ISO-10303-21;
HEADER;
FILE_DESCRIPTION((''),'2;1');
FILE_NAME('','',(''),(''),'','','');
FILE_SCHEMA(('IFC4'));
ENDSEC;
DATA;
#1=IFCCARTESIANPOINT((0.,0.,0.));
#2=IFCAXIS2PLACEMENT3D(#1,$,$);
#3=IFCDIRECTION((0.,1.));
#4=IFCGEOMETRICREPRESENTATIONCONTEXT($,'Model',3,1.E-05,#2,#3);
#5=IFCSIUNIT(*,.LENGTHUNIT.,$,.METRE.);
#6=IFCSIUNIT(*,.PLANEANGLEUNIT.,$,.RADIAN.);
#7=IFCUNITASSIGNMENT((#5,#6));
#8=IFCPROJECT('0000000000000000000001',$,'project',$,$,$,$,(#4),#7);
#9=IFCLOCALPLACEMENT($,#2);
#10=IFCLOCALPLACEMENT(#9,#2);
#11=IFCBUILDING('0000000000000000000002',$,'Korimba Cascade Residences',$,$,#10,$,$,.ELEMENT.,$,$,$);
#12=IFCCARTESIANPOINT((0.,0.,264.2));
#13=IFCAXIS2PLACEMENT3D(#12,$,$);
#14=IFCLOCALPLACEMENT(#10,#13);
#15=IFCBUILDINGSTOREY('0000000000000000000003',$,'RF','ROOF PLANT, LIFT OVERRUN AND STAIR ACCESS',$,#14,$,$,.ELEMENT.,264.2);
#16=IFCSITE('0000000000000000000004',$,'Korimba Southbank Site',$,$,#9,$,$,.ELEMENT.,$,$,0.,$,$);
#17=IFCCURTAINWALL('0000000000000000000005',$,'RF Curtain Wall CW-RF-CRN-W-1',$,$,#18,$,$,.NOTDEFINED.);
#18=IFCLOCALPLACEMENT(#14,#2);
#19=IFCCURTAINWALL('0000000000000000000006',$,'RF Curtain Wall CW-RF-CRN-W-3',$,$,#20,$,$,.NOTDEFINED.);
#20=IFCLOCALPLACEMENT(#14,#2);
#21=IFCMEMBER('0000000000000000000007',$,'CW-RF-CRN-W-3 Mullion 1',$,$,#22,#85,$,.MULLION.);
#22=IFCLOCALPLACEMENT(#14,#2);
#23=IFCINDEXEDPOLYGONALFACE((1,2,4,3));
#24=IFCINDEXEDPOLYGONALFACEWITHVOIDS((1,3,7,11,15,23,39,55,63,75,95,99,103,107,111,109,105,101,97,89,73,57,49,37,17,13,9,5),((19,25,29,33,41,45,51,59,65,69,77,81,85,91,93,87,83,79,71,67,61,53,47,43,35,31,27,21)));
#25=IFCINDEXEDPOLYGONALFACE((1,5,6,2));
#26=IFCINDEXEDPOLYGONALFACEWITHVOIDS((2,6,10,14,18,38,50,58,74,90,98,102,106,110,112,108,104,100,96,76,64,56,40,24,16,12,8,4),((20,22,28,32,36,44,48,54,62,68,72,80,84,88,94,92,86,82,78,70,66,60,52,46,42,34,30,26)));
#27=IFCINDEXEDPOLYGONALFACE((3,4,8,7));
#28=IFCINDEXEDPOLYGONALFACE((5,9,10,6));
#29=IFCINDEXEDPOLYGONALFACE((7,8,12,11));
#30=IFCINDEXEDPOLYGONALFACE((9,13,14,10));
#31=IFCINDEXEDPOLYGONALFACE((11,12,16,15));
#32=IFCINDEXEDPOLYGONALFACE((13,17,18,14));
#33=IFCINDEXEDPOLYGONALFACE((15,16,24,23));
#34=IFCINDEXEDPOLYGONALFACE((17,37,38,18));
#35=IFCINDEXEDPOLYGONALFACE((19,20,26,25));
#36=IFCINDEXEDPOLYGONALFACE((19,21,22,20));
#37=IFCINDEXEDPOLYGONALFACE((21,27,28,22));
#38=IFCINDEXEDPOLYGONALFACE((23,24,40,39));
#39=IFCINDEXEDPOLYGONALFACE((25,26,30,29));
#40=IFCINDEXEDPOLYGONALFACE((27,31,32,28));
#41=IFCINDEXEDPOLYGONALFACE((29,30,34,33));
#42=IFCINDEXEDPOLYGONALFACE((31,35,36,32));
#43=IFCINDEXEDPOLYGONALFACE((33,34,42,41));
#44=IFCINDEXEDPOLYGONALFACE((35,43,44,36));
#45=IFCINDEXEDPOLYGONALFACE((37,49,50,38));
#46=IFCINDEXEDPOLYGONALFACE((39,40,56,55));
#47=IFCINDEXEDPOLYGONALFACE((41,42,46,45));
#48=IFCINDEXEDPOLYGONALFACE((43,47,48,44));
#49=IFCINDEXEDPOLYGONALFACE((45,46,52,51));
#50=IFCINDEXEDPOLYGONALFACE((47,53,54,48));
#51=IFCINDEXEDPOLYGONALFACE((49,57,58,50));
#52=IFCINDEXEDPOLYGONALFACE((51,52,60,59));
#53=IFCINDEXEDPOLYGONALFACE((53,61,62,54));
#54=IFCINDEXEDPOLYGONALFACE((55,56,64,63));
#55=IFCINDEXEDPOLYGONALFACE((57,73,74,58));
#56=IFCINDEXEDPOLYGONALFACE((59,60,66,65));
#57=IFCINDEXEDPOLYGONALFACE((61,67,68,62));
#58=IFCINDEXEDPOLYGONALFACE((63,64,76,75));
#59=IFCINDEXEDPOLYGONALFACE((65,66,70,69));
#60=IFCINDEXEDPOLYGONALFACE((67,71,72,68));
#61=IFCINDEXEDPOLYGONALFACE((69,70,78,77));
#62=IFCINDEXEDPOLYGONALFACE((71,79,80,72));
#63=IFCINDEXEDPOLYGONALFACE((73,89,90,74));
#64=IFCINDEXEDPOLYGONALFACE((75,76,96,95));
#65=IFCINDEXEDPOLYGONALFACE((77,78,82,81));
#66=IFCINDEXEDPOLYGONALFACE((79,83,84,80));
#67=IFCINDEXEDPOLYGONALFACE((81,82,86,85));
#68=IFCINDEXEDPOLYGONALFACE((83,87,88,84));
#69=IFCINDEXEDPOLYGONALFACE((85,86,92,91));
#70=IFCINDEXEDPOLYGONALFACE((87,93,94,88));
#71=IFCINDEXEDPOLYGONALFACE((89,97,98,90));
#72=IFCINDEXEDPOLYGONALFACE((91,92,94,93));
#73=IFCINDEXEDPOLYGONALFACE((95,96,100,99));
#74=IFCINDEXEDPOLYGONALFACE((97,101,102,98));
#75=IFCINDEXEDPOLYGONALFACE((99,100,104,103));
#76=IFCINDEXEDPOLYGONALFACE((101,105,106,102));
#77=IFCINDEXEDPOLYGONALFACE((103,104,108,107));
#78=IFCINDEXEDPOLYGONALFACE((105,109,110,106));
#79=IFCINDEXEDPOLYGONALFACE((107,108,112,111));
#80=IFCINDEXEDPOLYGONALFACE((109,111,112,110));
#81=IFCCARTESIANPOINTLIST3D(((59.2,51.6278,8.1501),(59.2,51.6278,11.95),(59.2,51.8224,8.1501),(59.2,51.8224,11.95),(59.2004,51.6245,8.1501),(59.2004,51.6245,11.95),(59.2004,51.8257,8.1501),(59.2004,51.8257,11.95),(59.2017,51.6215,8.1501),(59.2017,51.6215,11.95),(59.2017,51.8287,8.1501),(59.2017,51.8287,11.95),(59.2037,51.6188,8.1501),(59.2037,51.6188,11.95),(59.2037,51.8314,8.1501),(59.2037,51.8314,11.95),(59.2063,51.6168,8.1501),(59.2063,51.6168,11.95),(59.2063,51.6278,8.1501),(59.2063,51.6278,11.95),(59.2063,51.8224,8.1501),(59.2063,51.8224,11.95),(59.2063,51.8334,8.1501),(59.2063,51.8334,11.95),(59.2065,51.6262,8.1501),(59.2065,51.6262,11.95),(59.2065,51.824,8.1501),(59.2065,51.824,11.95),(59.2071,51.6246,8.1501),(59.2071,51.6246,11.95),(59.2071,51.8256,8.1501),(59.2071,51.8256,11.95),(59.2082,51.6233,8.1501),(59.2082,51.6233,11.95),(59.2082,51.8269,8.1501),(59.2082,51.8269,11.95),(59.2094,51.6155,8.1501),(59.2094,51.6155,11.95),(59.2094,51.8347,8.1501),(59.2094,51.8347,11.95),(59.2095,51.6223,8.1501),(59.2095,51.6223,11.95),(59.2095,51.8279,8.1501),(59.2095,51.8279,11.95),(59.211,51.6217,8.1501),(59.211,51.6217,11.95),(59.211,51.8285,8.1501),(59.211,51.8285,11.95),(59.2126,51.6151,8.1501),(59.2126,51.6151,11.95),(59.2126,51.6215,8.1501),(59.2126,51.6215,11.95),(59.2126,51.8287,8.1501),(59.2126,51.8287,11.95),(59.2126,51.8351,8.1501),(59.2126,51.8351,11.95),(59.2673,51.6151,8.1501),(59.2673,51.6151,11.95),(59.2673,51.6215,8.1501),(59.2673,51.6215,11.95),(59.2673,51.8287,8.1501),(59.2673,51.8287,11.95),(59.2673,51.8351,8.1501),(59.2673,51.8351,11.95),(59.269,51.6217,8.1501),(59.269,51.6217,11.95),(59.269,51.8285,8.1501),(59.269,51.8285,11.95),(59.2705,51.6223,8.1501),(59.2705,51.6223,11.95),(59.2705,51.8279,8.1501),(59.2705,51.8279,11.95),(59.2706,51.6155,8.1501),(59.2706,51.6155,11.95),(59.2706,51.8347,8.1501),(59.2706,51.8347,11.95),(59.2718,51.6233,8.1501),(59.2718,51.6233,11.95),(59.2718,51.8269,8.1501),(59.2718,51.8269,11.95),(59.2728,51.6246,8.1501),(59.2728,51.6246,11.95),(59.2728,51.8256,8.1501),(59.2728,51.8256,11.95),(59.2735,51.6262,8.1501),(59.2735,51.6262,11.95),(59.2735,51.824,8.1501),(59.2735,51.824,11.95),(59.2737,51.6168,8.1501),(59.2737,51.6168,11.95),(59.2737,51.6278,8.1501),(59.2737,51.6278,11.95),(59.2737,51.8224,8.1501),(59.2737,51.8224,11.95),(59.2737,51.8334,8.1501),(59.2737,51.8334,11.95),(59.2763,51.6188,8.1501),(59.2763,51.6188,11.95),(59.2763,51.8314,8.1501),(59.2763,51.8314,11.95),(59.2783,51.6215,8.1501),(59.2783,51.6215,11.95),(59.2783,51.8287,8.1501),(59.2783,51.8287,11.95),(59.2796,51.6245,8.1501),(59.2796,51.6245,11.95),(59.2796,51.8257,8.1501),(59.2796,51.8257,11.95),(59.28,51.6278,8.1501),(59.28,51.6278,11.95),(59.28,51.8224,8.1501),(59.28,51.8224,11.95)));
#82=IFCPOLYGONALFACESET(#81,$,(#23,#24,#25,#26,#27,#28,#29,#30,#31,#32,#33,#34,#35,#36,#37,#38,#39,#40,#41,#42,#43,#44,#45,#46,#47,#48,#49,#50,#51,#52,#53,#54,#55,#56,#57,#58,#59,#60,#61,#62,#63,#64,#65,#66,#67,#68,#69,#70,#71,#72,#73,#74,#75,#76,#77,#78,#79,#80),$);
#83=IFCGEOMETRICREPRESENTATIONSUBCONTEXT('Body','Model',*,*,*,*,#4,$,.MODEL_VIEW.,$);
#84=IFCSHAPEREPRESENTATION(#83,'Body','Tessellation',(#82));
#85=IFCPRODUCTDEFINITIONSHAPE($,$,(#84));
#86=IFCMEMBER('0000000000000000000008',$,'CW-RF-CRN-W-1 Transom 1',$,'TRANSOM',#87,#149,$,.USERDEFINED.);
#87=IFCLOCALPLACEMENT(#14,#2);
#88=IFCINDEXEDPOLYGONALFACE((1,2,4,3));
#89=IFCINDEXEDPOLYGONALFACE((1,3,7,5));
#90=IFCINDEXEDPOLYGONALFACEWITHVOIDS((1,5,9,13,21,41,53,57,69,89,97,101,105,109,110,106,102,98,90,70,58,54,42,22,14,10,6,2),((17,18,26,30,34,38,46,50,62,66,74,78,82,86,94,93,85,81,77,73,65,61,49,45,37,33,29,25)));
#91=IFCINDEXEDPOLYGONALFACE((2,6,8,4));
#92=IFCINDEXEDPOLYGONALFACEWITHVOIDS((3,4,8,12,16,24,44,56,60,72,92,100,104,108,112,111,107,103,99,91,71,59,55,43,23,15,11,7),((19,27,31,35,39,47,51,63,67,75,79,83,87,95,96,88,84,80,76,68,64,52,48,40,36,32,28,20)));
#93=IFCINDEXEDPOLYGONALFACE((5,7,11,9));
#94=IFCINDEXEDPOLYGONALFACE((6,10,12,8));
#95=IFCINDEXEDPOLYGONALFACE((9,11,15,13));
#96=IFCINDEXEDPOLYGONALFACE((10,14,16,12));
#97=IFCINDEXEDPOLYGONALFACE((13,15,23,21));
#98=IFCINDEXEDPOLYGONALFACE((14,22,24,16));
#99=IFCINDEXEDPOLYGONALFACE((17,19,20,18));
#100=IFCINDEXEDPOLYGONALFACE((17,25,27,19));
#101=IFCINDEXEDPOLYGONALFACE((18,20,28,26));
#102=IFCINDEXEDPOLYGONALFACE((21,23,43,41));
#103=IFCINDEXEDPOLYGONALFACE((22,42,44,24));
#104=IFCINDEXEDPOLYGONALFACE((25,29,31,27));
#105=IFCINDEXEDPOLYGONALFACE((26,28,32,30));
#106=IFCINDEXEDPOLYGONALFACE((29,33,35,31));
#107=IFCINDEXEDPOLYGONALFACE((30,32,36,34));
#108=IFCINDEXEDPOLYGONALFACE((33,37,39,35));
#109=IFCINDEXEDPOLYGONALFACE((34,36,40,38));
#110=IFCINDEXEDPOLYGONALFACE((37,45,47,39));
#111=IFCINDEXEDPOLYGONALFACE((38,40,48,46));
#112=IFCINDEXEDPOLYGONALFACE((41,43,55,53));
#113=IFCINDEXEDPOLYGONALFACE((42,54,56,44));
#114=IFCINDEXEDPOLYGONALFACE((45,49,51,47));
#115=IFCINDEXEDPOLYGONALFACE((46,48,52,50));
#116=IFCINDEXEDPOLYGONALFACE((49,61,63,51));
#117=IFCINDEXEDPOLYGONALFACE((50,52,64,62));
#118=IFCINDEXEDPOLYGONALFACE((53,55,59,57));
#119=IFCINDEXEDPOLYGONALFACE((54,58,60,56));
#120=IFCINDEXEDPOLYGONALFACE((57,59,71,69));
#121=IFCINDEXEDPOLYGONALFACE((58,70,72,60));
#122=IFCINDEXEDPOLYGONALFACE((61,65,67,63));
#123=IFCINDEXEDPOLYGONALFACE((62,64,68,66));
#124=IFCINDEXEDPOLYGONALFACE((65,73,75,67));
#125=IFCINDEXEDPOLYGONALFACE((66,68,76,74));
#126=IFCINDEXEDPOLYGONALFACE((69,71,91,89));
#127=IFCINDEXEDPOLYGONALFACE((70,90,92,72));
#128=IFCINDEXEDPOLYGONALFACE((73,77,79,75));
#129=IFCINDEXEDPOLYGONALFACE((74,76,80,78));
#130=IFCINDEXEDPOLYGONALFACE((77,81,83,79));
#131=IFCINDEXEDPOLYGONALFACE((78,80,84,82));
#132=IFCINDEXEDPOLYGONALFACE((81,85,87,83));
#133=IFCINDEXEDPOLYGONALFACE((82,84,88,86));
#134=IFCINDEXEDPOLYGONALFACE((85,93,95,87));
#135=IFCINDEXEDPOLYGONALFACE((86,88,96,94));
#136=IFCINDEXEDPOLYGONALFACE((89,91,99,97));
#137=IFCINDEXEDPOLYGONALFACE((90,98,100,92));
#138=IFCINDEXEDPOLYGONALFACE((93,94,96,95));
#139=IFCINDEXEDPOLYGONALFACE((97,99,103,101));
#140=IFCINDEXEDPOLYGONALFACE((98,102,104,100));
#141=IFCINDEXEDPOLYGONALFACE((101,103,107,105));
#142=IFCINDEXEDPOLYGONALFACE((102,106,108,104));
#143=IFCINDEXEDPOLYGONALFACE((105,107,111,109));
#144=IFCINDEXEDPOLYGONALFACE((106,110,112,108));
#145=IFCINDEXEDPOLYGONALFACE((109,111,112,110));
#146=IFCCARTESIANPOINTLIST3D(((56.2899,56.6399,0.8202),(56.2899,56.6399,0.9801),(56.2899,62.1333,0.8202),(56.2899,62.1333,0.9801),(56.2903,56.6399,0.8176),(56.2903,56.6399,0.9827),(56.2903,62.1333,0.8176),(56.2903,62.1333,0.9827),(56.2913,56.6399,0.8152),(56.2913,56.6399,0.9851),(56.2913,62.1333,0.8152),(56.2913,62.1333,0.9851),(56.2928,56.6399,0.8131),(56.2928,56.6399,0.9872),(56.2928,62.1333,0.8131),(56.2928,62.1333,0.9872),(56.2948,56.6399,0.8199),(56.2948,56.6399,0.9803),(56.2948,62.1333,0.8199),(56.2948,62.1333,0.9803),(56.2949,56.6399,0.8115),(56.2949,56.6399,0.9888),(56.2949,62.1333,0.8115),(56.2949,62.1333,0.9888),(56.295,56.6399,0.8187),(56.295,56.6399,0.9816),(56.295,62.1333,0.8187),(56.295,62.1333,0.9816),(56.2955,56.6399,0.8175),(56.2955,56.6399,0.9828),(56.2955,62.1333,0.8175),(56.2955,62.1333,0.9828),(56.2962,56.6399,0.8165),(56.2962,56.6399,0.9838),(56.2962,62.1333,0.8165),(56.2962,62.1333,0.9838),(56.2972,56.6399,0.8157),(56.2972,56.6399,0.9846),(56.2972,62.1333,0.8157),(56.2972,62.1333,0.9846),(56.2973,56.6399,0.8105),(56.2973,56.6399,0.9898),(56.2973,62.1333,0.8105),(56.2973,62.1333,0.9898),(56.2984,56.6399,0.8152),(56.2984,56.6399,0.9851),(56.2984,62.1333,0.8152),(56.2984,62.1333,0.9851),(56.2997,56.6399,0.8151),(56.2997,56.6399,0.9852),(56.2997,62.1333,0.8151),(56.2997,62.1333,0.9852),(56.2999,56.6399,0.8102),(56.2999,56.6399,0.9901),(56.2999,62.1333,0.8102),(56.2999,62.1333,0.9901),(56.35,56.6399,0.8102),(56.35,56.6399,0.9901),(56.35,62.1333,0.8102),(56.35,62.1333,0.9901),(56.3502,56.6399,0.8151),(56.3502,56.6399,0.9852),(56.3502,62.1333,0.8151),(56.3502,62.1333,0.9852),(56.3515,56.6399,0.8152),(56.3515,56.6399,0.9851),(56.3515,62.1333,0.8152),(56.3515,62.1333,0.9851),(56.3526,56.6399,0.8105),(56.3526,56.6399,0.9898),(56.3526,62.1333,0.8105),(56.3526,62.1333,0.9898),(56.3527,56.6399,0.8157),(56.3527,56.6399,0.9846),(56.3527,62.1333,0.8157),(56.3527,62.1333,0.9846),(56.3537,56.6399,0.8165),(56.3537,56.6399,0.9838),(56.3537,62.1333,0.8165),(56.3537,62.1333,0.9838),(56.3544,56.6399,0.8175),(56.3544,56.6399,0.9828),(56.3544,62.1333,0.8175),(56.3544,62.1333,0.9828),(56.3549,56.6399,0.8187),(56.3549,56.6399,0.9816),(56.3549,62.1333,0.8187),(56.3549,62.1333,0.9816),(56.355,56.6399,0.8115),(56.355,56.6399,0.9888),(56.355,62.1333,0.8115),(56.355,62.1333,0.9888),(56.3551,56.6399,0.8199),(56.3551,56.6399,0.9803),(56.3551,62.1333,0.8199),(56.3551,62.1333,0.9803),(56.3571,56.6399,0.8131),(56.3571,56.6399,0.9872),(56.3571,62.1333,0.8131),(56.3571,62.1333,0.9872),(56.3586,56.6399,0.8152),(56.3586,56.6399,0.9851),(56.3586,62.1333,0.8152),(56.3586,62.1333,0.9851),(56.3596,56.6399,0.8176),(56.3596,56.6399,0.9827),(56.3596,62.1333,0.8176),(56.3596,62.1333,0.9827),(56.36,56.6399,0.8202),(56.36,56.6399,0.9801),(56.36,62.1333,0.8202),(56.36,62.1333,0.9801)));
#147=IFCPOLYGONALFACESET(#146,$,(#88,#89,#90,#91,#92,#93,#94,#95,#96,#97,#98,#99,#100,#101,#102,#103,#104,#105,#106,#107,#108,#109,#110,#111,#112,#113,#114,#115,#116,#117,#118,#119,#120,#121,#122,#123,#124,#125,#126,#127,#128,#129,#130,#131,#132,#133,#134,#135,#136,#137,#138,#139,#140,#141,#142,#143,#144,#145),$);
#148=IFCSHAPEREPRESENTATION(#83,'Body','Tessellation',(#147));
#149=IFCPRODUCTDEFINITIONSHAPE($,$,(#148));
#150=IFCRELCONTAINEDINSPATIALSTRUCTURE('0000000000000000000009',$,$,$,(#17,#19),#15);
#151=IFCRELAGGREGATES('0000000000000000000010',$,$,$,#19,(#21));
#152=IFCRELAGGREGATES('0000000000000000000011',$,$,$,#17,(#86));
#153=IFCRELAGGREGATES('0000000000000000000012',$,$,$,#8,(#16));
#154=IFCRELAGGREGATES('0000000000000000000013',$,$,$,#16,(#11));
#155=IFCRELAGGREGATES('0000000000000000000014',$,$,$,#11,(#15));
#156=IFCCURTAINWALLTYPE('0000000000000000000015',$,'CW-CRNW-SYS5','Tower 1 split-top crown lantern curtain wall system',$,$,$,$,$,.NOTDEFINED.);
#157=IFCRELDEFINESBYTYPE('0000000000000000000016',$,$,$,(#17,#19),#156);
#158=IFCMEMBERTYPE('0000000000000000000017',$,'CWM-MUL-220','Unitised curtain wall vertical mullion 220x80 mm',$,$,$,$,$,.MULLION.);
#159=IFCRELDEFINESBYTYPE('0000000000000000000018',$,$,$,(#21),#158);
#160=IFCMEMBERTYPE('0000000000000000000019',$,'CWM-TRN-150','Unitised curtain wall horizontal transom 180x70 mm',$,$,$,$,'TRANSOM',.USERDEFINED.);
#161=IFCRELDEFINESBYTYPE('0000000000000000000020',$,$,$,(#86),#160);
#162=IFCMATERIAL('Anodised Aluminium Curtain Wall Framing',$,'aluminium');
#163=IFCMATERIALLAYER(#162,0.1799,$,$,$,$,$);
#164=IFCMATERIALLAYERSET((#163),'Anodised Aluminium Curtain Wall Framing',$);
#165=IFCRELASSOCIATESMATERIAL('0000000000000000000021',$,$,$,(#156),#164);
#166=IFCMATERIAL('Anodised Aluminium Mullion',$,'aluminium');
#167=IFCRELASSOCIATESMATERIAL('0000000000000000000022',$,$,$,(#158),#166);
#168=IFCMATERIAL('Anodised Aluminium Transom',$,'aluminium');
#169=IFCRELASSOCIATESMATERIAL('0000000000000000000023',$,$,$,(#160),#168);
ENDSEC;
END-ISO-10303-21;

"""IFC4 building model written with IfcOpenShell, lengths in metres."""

from ifc_helpers import new_model, si_unit, direction, frame, origin, origin_2d, place, context, subcontext, project, spatial, hollow_rectangle, extrude, material, layer, layer_set, material_profile, profile_set, type_object, element, aggregate, save


model = new_model("IFC4")

# Units and contexts
model_context = context("Model", 3, precision=1e-05, world=origin(), true_north=direction((0.0, 1.0)))
body_context = subcontext(model_context, "Body", "Model", "MODEL_VIEW")
ifc_project = project(units=[si_unit("LENGTHUNIT", "METRE"), si_unit("PLANEANGLEUNIT", "RADIAN")], contexts=[model_context])

# Site, building, storey
site_placement = place(None, origin())
site = spatial("IfcSite", under=ifc_project, at=site_placement, Name="Korimba Southbank Site", CompositionType="ELEMENT", RefElevation=0.0)
building_placement = place(site_placement, origin())
building = spatial("IfcBuilding", under=site, at=building_placement, Name="Korimba Cascade Residences", CompositionType="ELEMENT")
storey_placement = place(building_placement, frame((0.0, 0.0, 264.2)))
storey = spatial("IfcBuildingStorey", under=building, at=storey_placement, Name="RF", Description="ROOF PLANT, LIFT OVERRUN AND STAIR ACCESS", CompositionType="ELEMENT", Elevation=264.2)

# Curtain wall
ifc_material_1 = material(Name="Anodised Aluminium Curtain Wall Framing", Category="aluminium")
ifc_layer_1 = layer(ifc_material_1, 0.1799)
ifc_layer_set_1 = layer_set([ifc_layer_1], Name="Anodised Aluminium Curtain Wall Framing")
curtain_wall_type = type_object("IfcCurtainWallType", Name="CW-CRNW-SYS5", Description="Tower 1 split-top crown lantern curtain wall system", PredefinedType="NOTDEFINED", material=ifc_layer_set_1)
curtain_wall_1_placement = place(storey_placement, origin())
curtain_wall_1 = element("IfcCurtainWall", 1, at=curtain_wall_1_placement, inside=storey, type_object=curtain_wall_type, Name="RF Curtain Wall CW-RF-CRN-W-1", PredefinedType="NOTDEFINED")
ifc_material_2 = material(Name="Anodised Aluminium Mullion", Category="aluminium")
ifc_material_profile_1 = material_profile(ifc_material_2, hollow_rectangle(XDim=0.0801, YDim=0.22, WallThickness=0.0063, InnerFilletRadius=0.0063, OuterFilletRadius=0.0127, at=origin_2d()), Name="Anodised Aluminium Mullion")
ifc_profile_set_1 = profile_set([ifc_material_profile_1], Name="Anodised Aluminium Mullion")
member_type_1 = type_object("IfcMemberType", Name="CWM-MUL-220", Description="Unitised curtain wall vertical mullion 220x80 mm", PredefinedType="MULLION", material=ifc_profile_set_1)

# Curtain wall, member
curtain_wall_2_placement = place(storey_placement, origin())
curtain_wall_2 = element("IfcCurtainWall", 2, at=curtain_wall_2_placement, inside=storey, type_object=curtain_wall_type, Name="RF Curtain Wall CW-RF-CRN-W-3", PredefinedType="NOTDEFINED")
member_1_placement = place(storey_placement, frame((59.24, 51.7251, 8.1501), z_axis=(0.0, 0.0, 1.0), x_axis=(1.0, 0.0, 0.0)))
member_1 = element("IfcMember", 3, at=member_1_placement, type_object=member_type_1, Name="CW-RF-CRN-W-3 Mullion 1", PredefinedType="MULLION", context=body_context, shape_type="SweptSolid", body=[
    extrude(hollow_rectangle(XDim=0.0801, YDim=0.22, WallThickness=0.0063, InnerFilletRadius=0.0063, OuterFilletRadius=0.0127, at=origin_2d()), origin(), (0.0, 0.0, 1.0), 3.7998),
])

# Member
ifc_material_3 = material(Name="Anodised Aluminium Transom", Category="aluminium")
ifc_material_profile_2 = material_profile(ifc_material_3, hollow_rectangle(XDim=0.0701, YDim=0.1799, WallThickness=0.0049, InnerFilletRadius=0.0049, OuterFilletRadius=0.01, at=origin_2d()), Name="Anodised Aluminium Transom")
ifc_profile_set_2 = profile_set([ifc_material_profile_2], Name="Anodised Aluminium Transom")
member_type_2 = type_object("IfcMemberType", Name="CWM-TRN-150", Description="Unitised curtain wall horizontal transom 180x70 mm", ElementType="TRANSOM", PredefinedType="USERDEFINED", material=ifc_profile_set_2)
member_2_placement = place(storey_placement, frame((56.325, 56.6399, 0.9001), z_axis=(0.0, 1.0, 0.0), x_axis=(-1.0, 0.0, 0.0)))
member_2 = element("IfcMember", 4, at=member_2_placement, type_object=member_type_2, Name="CW-RF-CRN-W-1 Transom 1", ObjectType="TRANSOM", PredefinedType="USERDEFINED", context=body_context, shape_type="SweptSolid", body=[
    extrude(hollow_rectangle(XDim=0.0701, YDim=0.1799, WallThickness=0.0049, InnerFilletRadius=0.0049, OuterFilletRadius=0.01, at=origin_2d()), origin(), (0.0, 0.0, 1.0), 5.4934),
])
aggregate(curtain_wall_2, [member_1])

aggregate(curtain_wall_1, [member_2])

save(model, "model.ifc")
